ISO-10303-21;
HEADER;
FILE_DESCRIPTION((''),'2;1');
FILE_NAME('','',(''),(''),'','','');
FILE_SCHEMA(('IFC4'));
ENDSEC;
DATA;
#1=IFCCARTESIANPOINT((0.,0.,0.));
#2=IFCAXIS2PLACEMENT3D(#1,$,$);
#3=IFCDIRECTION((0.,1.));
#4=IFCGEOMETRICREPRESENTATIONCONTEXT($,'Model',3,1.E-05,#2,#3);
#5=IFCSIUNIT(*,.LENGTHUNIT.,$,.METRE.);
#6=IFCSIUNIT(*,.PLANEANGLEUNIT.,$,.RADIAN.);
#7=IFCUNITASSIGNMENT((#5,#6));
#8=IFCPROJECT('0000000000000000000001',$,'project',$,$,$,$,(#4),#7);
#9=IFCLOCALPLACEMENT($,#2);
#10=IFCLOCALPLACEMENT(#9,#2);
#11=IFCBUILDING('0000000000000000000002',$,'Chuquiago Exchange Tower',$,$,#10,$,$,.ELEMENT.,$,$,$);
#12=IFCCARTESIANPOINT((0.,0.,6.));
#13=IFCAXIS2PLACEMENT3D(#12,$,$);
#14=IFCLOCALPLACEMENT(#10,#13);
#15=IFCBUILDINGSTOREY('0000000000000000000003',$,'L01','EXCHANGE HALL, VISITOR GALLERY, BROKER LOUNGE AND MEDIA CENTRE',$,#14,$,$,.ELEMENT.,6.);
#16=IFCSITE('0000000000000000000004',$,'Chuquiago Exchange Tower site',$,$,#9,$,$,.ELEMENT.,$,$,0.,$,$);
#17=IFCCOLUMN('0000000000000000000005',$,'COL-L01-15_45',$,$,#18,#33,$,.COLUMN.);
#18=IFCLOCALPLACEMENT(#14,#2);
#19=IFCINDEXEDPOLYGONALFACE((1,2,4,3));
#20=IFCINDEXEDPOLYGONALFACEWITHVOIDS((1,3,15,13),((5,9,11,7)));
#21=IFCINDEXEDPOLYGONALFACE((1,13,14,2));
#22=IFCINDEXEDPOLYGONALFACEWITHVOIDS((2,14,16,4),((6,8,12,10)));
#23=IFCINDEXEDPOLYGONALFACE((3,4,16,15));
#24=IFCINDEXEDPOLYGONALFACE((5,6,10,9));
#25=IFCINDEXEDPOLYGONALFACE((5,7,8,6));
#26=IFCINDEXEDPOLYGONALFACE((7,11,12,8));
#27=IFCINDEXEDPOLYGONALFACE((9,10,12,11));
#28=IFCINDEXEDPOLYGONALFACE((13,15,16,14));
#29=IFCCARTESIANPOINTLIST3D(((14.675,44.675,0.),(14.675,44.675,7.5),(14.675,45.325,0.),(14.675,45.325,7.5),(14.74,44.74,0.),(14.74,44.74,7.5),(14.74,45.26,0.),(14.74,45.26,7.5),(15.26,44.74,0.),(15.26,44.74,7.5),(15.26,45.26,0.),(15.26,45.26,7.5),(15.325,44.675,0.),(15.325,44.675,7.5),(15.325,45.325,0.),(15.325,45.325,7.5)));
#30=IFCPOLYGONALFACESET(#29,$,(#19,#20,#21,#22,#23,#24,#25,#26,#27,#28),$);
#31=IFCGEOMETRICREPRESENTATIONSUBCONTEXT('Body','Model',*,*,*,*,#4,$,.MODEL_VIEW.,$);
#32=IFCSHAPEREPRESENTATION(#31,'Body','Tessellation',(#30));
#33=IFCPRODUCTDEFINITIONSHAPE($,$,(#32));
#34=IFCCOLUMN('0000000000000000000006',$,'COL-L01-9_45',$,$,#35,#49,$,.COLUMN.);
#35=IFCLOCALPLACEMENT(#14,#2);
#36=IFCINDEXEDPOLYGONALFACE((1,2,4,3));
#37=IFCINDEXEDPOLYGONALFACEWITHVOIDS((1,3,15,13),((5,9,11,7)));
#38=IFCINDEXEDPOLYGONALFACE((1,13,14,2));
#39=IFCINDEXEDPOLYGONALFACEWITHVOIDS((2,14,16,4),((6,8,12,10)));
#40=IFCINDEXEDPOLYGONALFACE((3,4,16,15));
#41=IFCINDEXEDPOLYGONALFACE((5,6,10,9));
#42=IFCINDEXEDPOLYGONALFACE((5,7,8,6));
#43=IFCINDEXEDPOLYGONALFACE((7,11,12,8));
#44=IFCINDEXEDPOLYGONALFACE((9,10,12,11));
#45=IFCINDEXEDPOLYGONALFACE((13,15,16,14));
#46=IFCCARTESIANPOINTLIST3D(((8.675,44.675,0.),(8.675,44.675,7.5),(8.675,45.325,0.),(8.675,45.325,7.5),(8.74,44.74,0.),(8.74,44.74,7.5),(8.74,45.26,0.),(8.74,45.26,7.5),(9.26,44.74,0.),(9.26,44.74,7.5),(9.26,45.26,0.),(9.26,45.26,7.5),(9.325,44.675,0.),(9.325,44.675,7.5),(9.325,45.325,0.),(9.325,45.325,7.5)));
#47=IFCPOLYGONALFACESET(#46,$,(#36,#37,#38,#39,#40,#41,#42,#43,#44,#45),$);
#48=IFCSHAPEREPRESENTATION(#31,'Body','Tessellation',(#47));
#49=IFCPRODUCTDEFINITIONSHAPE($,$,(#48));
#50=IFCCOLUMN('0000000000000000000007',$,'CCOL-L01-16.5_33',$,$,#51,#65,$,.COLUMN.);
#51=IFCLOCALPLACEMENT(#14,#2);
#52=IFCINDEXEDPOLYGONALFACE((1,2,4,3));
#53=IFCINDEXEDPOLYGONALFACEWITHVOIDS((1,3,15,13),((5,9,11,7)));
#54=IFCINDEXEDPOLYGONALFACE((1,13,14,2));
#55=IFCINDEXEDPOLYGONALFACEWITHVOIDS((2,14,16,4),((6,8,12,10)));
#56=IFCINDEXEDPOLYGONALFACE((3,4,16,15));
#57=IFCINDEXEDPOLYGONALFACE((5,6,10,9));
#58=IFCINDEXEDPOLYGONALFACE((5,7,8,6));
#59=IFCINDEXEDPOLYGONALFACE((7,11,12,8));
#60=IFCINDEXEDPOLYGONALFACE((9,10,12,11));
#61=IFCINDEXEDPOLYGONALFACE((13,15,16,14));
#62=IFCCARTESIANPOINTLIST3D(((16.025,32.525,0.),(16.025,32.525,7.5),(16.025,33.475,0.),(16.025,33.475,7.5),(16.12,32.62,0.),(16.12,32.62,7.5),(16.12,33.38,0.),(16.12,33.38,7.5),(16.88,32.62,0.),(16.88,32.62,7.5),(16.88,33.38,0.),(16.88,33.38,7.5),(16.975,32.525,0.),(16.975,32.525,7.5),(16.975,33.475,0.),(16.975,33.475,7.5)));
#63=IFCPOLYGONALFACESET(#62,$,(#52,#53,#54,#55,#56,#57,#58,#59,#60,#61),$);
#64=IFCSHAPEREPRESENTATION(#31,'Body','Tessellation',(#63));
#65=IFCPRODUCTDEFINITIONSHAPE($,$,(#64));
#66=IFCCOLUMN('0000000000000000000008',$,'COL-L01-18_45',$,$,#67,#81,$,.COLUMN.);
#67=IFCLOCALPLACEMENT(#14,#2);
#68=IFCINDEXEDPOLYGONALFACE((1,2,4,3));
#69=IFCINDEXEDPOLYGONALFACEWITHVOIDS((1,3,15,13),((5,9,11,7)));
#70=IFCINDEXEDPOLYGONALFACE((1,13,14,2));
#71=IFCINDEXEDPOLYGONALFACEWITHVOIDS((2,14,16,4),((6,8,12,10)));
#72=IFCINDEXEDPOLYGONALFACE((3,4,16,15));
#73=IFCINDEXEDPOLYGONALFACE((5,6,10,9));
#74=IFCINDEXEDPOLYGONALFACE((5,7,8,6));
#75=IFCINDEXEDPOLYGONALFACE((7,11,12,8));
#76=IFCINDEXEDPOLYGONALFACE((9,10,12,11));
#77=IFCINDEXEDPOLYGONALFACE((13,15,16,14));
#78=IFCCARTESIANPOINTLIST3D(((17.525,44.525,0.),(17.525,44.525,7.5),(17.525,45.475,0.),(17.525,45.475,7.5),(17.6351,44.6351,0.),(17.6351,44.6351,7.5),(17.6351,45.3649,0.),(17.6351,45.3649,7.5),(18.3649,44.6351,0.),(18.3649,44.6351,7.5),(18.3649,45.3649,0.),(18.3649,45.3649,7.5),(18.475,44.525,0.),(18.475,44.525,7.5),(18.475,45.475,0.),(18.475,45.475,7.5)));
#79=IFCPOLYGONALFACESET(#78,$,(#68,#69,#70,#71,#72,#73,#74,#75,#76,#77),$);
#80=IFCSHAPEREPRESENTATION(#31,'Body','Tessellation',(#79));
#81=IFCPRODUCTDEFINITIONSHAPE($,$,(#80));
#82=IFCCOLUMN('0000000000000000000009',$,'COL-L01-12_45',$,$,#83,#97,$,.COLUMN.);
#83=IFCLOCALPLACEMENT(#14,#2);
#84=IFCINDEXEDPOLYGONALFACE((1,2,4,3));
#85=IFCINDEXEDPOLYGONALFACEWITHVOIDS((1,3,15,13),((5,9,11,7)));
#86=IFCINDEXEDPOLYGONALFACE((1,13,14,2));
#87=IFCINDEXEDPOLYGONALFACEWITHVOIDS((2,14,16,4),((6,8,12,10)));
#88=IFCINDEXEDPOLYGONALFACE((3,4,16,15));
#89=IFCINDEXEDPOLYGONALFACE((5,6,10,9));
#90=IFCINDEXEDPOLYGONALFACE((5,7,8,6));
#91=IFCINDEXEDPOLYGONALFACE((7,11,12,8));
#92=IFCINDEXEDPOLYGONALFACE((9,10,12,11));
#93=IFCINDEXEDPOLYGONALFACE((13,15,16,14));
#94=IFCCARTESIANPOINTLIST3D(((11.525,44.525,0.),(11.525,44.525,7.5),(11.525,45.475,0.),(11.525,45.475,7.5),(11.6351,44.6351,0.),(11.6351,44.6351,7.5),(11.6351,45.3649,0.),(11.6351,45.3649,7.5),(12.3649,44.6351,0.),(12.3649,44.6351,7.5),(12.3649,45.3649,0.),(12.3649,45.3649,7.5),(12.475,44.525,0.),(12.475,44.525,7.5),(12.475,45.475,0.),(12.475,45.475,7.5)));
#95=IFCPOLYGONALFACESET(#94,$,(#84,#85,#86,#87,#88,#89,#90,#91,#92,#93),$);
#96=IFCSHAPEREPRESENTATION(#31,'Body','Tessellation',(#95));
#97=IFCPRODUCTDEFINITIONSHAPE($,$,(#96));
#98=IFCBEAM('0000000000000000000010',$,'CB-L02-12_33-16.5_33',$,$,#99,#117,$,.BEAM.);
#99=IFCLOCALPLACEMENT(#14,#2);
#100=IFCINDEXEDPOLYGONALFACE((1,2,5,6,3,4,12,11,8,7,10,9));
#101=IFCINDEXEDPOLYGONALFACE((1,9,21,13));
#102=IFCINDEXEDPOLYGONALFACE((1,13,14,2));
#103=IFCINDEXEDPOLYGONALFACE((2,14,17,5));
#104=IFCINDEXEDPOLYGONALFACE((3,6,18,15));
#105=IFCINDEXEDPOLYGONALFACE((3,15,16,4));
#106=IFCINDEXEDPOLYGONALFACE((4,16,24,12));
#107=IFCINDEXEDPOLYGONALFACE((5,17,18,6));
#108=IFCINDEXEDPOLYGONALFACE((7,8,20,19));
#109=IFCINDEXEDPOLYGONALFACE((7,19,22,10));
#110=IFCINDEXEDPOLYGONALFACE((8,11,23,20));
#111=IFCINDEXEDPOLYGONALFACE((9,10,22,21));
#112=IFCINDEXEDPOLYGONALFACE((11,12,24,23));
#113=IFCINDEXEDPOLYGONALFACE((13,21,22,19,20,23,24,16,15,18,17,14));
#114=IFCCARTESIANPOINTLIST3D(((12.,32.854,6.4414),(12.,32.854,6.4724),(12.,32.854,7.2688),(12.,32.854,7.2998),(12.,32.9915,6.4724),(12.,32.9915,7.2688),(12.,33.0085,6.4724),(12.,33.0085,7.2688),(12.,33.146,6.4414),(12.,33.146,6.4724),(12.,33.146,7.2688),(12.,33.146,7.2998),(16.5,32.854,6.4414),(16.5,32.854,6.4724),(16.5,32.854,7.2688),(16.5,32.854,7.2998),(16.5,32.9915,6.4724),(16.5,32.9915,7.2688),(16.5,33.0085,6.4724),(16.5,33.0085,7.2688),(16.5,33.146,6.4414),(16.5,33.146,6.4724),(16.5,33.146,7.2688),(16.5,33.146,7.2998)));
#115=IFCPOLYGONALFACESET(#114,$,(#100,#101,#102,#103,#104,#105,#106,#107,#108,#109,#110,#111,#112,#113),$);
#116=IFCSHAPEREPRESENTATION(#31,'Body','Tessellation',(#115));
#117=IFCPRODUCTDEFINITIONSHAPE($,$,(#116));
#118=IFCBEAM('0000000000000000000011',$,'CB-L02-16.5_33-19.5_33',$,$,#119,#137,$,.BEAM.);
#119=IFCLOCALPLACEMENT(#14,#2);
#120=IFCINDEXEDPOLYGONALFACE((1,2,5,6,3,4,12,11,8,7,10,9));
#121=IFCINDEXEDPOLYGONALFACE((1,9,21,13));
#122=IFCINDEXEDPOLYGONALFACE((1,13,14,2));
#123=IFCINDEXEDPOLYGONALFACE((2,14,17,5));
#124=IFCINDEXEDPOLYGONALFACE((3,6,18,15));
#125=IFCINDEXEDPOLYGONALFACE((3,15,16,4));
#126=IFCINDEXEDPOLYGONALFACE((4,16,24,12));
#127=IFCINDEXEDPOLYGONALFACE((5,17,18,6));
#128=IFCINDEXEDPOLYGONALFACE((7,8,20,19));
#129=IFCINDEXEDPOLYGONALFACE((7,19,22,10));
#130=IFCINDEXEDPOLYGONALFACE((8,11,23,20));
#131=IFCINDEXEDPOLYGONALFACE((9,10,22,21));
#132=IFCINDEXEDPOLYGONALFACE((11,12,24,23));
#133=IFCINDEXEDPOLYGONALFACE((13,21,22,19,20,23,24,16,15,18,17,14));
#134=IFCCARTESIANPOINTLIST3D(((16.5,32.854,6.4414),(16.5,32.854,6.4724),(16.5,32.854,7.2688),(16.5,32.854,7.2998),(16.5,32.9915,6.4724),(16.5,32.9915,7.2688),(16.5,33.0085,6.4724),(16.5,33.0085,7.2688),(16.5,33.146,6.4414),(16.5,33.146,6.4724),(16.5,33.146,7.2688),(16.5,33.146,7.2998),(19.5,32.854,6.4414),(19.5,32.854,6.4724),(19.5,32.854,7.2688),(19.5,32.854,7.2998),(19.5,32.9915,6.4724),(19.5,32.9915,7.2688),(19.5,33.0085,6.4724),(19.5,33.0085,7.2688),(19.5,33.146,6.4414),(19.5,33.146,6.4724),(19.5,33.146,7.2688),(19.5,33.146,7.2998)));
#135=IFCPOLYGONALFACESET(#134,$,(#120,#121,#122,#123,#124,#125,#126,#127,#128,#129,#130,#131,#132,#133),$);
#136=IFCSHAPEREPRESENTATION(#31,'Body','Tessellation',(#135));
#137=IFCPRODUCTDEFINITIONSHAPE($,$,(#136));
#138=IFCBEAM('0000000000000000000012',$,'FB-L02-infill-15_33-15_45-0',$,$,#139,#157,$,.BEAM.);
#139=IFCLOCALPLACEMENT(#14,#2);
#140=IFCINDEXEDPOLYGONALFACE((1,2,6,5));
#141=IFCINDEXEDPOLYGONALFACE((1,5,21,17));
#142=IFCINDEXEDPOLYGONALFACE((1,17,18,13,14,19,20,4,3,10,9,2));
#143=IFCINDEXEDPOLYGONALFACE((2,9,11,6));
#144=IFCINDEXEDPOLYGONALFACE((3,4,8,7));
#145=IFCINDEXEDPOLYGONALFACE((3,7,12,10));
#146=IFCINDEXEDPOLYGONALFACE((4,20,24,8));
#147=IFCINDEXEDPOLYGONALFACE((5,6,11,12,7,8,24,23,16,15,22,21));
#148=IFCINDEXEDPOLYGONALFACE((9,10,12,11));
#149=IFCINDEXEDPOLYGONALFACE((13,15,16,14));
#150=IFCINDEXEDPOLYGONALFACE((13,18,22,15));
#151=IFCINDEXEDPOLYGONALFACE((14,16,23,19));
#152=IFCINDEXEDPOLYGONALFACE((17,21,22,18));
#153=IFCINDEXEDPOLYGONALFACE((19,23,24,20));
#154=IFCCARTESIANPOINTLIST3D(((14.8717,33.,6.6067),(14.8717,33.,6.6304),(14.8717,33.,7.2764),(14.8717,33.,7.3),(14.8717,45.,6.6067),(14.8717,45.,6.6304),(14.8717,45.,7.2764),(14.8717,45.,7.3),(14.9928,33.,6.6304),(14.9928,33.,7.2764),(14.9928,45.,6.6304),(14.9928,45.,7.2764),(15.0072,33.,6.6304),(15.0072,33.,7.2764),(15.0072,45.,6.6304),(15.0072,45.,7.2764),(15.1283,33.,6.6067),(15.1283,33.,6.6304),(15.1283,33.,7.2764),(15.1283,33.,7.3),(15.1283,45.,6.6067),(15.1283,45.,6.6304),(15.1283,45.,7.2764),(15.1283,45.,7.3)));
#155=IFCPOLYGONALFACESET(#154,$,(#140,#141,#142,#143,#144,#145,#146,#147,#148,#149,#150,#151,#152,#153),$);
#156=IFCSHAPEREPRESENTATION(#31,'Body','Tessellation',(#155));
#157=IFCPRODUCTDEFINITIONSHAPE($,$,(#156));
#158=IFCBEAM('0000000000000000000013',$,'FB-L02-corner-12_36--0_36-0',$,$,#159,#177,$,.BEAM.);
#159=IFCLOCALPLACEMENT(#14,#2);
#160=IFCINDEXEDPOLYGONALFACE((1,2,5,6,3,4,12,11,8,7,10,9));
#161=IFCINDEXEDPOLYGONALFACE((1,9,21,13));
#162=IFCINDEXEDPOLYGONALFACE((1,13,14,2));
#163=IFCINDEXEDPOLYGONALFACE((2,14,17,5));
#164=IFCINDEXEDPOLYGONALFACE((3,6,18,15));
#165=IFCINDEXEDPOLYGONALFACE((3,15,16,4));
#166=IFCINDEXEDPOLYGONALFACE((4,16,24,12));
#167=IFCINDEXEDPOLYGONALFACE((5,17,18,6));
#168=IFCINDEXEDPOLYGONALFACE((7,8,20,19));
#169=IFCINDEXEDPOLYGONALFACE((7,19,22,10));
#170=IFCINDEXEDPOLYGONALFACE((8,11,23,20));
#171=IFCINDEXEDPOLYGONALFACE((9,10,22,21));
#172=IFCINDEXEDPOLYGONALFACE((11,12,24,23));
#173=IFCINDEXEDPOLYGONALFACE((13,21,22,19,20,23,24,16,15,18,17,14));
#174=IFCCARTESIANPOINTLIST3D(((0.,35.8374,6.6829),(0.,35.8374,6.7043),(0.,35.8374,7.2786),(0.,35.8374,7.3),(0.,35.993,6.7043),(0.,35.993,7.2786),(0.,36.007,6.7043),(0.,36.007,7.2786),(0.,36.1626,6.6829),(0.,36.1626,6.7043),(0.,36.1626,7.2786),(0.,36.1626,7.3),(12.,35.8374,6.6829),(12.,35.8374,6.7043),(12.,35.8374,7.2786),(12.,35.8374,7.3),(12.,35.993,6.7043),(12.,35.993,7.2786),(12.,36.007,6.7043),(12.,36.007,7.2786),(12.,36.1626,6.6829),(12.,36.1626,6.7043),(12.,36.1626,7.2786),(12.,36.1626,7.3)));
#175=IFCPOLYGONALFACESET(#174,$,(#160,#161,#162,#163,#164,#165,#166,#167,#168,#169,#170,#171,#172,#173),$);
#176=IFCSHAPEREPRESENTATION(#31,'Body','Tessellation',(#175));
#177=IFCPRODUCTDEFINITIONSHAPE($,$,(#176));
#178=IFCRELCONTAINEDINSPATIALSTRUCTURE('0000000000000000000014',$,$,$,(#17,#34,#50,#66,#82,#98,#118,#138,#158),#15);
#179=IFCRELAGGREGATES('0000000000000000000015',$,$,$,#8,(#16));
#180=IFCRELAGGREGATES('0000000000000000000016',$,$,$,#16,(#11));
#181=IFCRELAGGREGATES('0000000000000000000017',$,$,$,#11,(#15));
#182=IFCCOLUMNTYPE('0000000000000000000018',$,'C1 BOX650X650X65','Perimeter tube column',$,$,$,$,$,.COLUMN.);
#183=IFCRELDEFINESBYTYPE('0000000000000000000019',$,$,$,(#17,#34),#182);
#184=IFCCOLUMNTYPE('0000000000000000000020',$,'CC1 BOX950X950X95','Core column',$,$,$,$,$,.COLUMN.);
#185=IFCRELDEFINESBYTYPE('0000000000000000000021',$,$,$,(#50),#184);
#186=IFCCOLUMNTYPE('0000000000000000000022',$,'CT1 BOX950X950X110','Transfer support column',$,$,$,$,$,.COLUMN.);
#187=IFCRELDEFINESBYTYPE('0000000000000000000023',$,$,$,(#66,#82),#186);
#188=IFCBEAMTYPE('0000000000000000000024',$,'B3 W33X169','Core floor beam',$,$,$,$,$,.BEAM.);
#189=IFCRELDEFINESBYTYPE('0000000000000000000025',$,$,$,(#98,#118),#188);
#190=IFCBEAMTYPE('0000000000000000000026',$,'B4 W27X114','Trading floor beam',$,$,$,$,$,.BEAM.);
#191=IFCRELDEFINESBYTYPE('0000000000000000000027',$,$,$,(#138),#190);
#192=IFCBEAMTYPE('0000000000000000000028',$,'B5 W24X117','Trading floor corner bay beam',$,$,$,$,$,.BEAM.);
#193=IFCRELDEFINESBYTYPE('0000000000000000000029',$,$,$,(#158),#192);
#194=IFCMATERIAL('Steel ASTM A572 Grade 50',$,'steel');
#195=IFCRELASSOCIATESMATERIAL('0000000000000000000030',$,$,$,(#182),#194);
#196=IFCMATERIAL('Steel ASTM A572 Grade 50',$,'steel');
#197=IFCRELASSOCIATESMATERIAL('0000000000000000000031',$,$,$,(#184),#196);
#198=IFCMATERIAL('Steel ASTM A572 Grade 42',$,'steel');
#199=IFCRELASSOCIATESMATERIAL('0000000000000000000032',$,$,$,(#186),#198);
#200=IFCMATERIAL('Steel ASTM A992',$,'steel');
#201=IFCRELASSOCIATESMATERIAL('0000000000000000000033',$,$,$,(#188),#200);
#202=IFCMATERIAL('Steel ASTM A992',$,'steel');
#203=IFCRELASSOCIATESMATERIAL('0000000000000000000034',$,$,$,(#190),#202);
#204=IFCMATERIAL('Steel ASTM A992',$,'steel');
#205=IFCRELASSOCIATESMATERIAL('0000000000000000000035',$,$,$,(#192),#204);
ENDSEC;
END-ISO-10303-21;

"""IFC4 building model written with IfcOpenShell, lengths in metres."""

from ifc_helpers import new_model, si_unit, direction, frame, origin, origin_2d, place, context, subcontext, project, spatial, hollow_rectangle, i_section, extrude, material, material_profile, profile_set, type_object, element, save


model = new_model("IFC4")

# Units and contexts
model_context = context("Model", 3, precision=1e-05, world=origin(), true_north=direction((0.0, 1.0)))
body_context = subcontext(model_context, "Body", "Model", "MODEL_VIEW")
ifc_project = project(units=[si_unit("LENGTHUNIT", "METRE"), si_unit("PLANEANGLEUNIT", "RADIAN")], contexts=[model_context])

# Site, building, storey
site_placement = place(None, origin())
site = spatial("IfcSite", under=ifc_project, at=site_placement, Name="Chuquiago Exchange Tower site", CompositionType="ELEMENT", RefElevation=0.0)
building_placement = place(site_placement, origin())
building = spatial("IfcBuilding", under=site, at=building_placement, Name="Chuquiago Exchange Tower", CompositionType="ELEMENT")
storey_placement = place(building_placement, frame((0.0, 0.0, 6.0)))
storey = spatial("IfcBuildingStorey", under=building, at=storey_placement, Name="L01", Description="EXCHANGE HALL, VISITOR GALLERY, BROKER LOUNGE AND MEDIA CENTRE", CompositionType="ELEMENT", Elevation=6.0)

# Columns
ifc_material_1 = material(Name="Steel ASTM A572 Grade 50", Category="steel")
ifc_material_profile_1 = material_profile(ifc_material_1, hollow_rectangle(XDim=0.6499, YDim=0.6499, WallThickness=0.0649, at=origin_2d()), Name="BOX650X650X65")
ifc_profile_set_1 = profile_set([ifc_material_profile_1], Name="Steel ASTM A572 Grade 50")
column_type_1 = type_object("IfcColumnType", Name="C1 BOX650X650X65", Description="Perimeter tube column", PredefinedType="COLUMN", material=ifc_profile_set_1)
for number, where, z_axis, x_axis, name in (
    (1, (15.0, 45.0, 0.0), (0.0, 0.0, 1.0), (0.0, 1.0, 0.0), "COL-L01-15_45"),
    (2, (9.0, 45.0, 0.0), (0.0, 0.0, 1.0), (0.0, 1.0, 0.0), "COL-L01-9_45"),
):
    element("IfcColumn", number, at=place(storey_placement, frame(where, z_axis=z_axis, x_axis=x_axis)), inside=storey, type_object=column_type_1, Name=name, PredefinedType="COLUMN", context=body_context, shape_type="SweptSolid", body=[
        extrude(hollow_rectangle(XDim=0.6499, YDim=0.6499, WallThickness=0.0649, at=origin_2d()), origin(), (0.0, 0.0, 1.0), 7.5),
    ])
ifc_material_2 = material(Name="Steel ASTM A572 Grade 50", Category="steel")
ifc_material_profile_2 = material_profile(ifc_material_2, hollow_rectangle(XDim=0.95, YDim=0.95, WallThickness=0.095, at=origin_2d()), Name="BOX950X950X95")
ifc_profile_set_2 = profile_set([ifc_material_profile_2], Name="Steel ASTM A572 Grade 50")
column_type_2 = type_object("IfcColumnType", Name="CC1 BOX950X950X95", Description="Core column", PredefinedType="COLUMN", material=ifc_profile_set_2)
column_placement = place(storey_placement, frame((16.5, 33.0, 0.0), z_axis=(0.0, 0.0, 1.0), x_axis=(1.0, 0.0, 0.0)))
element("IfcColumn", 3, at=column_placement, inside=storey, type_object=column_type_2, Name="CCOL-L01-16.5_33", PredefinedType="COLUMN", context=body_context, shape_type="SweptSolid", body=[
    extrude(hollow_rectangle(XDim=0.95, YDim=0.95, WallThickness=0.095, at=origin_2d()), origin(), (0.0, 0.0, 1.0), 7.5),
])
ifc_material_3 = material(Name="Steel ASTM A572 Grade 42", Category="steel")
ifc_material_profile_3 = material_profile(ifc_material_3, hollow_rectangle(XDim=0.95, YDim=0.95, WallThickness=0.1101, at=origin_2d()), Name="BOX950X950X110")
ifc_profile_set_3 = profile_set([ifc_material_profile_3], Name="Steel ASTM A572 Grade 42")
column_type_3 = type_object("IfcColumnType", Name="CT1 BOX950X950X110", Description="Transfer support column", PredefinedType="COLUMN", material=ifc_profile_set_3)
for number, where, z_axis, x_axis, name in (
    (4, (18.0, 45.0, 0.0), (0.0, 0.0, 1.0), (0.0, 1.0, 0.0), "COL-L01-18_45"),
    (5, (12.0, 45.0, 0.0), (0.0, 0.0, 1.0), (0.0, 1.0, 0.0), "COL-L01-12_45"),
):
    element("IfcColumn", number, at=place(storey_placement, frame(where, z_axis=z_axis, x_axis=x_axis)), inside=storey, type_object=column_type_3, Name=name, PredefinedType="COLUMN", context=body_context, shape_type="SweptSolid", body=[
        extrude(hollow_rectangle(XDim=0.95, YDim=0.95, WallThickness=0.1101, at=origin_2d()), origin(), (0.0, 0.0, 1.0), 7.5),
    ])

# Beams
ifc_material_4 = material(Name="Steel ASTM A992", Category="steel")
ifc_material_profile_4 = material_profile(ifc_material_4, i_section(OverallWidth=0.292, OverallDepth=0.8584, WebThickness=0.0171, FlangeThickness=0.031, at=origin_2d()), Name="W33X169")
ifc_profile_set_4 = profile_set([ifc_material_profile_4], Name="Steel ASTM A992")
beam_type_1 = type_object("IfcBeamType", Name="B3 W33X169", Description="Core floor beam", PredefinedType="BEAM", material=ifc_profile_set_4)
beam_1_placement = place(storey_placement, frame((12.0, 33.0, 6.8706), z_axis=(1.0, 0.0, 0.0), x_axis=(0.0, 1.0, 0.0)))
element("IfcBeam", 6, at=beam_1_placement, inside=storey, type_object=beam_type_1, Name="CB-L02-12_33-16.5_33", PredefinedType="BEAM", context=body_context, shape_type="SweptSolid", body=[
    extrude(i_section(OverallWidth=0.292, OverallDepth=0.8584, WebThickness=0.0171, FlangeThickness=0.031, at=origin_2d()), origin(), (0.0, 0.0, 1.0), 4.5),
])
beam_2_placement = place(storey_placement, frame((16.5, 33.0, 6.8706), z_axis=(1.0, 0.0, 0.0), x_axis=(0.0, 1.0, 0.0)))
element("IfcBeam", 7, at=beam_2_placement, inside=storey, type_object=beam_type_1, Name="CB-L02-16.5_33-19.5_33", PredefinedType="BEAM", context=body_context, shape_type="SweptSolid", body=[
    extrude(i_section(OverallWidth=0.292, OverallDepth=0.8584, WebThickness=0.0171, FlangeThickness=0.031, at=origin_2d()), origin(), (0.0, 0.0, 1.0), 3.0),
])
ifc_material_5 = material(Name="Steel ASTM A992", Category="steel")
ifc_material_profile_5 = material_profile(ifc_material_5, i_section(OverallWidth=0.2566, OverallDepth=0.6934, WebThickness=0.0144, FlangeThickness=0.0237, at=origin_2d()), Name="W27X114")
ifc_profile_set_5 = profile_set([ifc_material_profile_5], Name="Steel ASTM A992")
beam_type_2 = type_object("IfcBeamType", Name="B4 W27X114", Description="Trading floor beam", PredefinedType="BEAM", material=ifc_profile_set_5)
beam_3_placement = place(storey_placement, frame((15.0, 33.0, 6.9534), z_axis=(0.0, 1.0, 0.0), x_axis=(-1.0, 0.0, 0.0)))
element("IfcBeam", 8, at=beam_3_placement, inside=storey, type_object=beam_type_2, Name="FB-L02-infill-15_33-15_45-0", PredefinedType="BEAM", context=body_context, shape_type="SweptSolid", body=[
    extrude(i_section(OverallWidth=0.2566, OverallDepth=0.6934, WebThickness=0.0144, FlangeThickness=0.0237, at=origin_2d()), origin(), (0.0, 0.0, 1.0), 12.0),
])
ifc_material_6 = material(Name="Steel ASTM A992", Category="steel")
ifc_material_profile_6 = material_profile(ifc_material_6, i_section(OverallWidth=0.3252, OverallDepth=0.6172, WebThickness=0.0139, FlangeThickness=0.0215, at=origin_2d()), Name="W24X117")
ifc_profile_set_6 = profile_set([ifc_material_profile_6], Name="Steel ASTM A992")
beam_type_3 = type_object("IfcBeamType", Name="B5 W24X117", Description="Trading floor corner bay beam", PredefinedType="BEAM", material=ifc_profile_set_6)
for number, where, z_axis, x_axis, name in (
    (9, (12.0, 36.0, 6.9915), (-1.0, 0.0, 0.0), (0.0, -1.0, 0.0), "FB-L02-corner-12_36--0_36-0"),
):
    element("IfcBeam", number, at=place(storey_placement, frame(where, z_axis=z_axis, x_axis=x_axis)), inside=storey, type_object=beam_type_3, Name=name, PredefinedType="BEAM", context=body_context, shape_type="SweptSolid", body=[
        extrude(i_section(OverallWidth=0.3252, OverallDepth=0.6172, WebThickness=0.0139, FlangeThickness=0.0215, at=origin_2d()), origin(), (0.0, 0.0, 1.0), 12.0),
    ])

save(model, "model.ifc")
